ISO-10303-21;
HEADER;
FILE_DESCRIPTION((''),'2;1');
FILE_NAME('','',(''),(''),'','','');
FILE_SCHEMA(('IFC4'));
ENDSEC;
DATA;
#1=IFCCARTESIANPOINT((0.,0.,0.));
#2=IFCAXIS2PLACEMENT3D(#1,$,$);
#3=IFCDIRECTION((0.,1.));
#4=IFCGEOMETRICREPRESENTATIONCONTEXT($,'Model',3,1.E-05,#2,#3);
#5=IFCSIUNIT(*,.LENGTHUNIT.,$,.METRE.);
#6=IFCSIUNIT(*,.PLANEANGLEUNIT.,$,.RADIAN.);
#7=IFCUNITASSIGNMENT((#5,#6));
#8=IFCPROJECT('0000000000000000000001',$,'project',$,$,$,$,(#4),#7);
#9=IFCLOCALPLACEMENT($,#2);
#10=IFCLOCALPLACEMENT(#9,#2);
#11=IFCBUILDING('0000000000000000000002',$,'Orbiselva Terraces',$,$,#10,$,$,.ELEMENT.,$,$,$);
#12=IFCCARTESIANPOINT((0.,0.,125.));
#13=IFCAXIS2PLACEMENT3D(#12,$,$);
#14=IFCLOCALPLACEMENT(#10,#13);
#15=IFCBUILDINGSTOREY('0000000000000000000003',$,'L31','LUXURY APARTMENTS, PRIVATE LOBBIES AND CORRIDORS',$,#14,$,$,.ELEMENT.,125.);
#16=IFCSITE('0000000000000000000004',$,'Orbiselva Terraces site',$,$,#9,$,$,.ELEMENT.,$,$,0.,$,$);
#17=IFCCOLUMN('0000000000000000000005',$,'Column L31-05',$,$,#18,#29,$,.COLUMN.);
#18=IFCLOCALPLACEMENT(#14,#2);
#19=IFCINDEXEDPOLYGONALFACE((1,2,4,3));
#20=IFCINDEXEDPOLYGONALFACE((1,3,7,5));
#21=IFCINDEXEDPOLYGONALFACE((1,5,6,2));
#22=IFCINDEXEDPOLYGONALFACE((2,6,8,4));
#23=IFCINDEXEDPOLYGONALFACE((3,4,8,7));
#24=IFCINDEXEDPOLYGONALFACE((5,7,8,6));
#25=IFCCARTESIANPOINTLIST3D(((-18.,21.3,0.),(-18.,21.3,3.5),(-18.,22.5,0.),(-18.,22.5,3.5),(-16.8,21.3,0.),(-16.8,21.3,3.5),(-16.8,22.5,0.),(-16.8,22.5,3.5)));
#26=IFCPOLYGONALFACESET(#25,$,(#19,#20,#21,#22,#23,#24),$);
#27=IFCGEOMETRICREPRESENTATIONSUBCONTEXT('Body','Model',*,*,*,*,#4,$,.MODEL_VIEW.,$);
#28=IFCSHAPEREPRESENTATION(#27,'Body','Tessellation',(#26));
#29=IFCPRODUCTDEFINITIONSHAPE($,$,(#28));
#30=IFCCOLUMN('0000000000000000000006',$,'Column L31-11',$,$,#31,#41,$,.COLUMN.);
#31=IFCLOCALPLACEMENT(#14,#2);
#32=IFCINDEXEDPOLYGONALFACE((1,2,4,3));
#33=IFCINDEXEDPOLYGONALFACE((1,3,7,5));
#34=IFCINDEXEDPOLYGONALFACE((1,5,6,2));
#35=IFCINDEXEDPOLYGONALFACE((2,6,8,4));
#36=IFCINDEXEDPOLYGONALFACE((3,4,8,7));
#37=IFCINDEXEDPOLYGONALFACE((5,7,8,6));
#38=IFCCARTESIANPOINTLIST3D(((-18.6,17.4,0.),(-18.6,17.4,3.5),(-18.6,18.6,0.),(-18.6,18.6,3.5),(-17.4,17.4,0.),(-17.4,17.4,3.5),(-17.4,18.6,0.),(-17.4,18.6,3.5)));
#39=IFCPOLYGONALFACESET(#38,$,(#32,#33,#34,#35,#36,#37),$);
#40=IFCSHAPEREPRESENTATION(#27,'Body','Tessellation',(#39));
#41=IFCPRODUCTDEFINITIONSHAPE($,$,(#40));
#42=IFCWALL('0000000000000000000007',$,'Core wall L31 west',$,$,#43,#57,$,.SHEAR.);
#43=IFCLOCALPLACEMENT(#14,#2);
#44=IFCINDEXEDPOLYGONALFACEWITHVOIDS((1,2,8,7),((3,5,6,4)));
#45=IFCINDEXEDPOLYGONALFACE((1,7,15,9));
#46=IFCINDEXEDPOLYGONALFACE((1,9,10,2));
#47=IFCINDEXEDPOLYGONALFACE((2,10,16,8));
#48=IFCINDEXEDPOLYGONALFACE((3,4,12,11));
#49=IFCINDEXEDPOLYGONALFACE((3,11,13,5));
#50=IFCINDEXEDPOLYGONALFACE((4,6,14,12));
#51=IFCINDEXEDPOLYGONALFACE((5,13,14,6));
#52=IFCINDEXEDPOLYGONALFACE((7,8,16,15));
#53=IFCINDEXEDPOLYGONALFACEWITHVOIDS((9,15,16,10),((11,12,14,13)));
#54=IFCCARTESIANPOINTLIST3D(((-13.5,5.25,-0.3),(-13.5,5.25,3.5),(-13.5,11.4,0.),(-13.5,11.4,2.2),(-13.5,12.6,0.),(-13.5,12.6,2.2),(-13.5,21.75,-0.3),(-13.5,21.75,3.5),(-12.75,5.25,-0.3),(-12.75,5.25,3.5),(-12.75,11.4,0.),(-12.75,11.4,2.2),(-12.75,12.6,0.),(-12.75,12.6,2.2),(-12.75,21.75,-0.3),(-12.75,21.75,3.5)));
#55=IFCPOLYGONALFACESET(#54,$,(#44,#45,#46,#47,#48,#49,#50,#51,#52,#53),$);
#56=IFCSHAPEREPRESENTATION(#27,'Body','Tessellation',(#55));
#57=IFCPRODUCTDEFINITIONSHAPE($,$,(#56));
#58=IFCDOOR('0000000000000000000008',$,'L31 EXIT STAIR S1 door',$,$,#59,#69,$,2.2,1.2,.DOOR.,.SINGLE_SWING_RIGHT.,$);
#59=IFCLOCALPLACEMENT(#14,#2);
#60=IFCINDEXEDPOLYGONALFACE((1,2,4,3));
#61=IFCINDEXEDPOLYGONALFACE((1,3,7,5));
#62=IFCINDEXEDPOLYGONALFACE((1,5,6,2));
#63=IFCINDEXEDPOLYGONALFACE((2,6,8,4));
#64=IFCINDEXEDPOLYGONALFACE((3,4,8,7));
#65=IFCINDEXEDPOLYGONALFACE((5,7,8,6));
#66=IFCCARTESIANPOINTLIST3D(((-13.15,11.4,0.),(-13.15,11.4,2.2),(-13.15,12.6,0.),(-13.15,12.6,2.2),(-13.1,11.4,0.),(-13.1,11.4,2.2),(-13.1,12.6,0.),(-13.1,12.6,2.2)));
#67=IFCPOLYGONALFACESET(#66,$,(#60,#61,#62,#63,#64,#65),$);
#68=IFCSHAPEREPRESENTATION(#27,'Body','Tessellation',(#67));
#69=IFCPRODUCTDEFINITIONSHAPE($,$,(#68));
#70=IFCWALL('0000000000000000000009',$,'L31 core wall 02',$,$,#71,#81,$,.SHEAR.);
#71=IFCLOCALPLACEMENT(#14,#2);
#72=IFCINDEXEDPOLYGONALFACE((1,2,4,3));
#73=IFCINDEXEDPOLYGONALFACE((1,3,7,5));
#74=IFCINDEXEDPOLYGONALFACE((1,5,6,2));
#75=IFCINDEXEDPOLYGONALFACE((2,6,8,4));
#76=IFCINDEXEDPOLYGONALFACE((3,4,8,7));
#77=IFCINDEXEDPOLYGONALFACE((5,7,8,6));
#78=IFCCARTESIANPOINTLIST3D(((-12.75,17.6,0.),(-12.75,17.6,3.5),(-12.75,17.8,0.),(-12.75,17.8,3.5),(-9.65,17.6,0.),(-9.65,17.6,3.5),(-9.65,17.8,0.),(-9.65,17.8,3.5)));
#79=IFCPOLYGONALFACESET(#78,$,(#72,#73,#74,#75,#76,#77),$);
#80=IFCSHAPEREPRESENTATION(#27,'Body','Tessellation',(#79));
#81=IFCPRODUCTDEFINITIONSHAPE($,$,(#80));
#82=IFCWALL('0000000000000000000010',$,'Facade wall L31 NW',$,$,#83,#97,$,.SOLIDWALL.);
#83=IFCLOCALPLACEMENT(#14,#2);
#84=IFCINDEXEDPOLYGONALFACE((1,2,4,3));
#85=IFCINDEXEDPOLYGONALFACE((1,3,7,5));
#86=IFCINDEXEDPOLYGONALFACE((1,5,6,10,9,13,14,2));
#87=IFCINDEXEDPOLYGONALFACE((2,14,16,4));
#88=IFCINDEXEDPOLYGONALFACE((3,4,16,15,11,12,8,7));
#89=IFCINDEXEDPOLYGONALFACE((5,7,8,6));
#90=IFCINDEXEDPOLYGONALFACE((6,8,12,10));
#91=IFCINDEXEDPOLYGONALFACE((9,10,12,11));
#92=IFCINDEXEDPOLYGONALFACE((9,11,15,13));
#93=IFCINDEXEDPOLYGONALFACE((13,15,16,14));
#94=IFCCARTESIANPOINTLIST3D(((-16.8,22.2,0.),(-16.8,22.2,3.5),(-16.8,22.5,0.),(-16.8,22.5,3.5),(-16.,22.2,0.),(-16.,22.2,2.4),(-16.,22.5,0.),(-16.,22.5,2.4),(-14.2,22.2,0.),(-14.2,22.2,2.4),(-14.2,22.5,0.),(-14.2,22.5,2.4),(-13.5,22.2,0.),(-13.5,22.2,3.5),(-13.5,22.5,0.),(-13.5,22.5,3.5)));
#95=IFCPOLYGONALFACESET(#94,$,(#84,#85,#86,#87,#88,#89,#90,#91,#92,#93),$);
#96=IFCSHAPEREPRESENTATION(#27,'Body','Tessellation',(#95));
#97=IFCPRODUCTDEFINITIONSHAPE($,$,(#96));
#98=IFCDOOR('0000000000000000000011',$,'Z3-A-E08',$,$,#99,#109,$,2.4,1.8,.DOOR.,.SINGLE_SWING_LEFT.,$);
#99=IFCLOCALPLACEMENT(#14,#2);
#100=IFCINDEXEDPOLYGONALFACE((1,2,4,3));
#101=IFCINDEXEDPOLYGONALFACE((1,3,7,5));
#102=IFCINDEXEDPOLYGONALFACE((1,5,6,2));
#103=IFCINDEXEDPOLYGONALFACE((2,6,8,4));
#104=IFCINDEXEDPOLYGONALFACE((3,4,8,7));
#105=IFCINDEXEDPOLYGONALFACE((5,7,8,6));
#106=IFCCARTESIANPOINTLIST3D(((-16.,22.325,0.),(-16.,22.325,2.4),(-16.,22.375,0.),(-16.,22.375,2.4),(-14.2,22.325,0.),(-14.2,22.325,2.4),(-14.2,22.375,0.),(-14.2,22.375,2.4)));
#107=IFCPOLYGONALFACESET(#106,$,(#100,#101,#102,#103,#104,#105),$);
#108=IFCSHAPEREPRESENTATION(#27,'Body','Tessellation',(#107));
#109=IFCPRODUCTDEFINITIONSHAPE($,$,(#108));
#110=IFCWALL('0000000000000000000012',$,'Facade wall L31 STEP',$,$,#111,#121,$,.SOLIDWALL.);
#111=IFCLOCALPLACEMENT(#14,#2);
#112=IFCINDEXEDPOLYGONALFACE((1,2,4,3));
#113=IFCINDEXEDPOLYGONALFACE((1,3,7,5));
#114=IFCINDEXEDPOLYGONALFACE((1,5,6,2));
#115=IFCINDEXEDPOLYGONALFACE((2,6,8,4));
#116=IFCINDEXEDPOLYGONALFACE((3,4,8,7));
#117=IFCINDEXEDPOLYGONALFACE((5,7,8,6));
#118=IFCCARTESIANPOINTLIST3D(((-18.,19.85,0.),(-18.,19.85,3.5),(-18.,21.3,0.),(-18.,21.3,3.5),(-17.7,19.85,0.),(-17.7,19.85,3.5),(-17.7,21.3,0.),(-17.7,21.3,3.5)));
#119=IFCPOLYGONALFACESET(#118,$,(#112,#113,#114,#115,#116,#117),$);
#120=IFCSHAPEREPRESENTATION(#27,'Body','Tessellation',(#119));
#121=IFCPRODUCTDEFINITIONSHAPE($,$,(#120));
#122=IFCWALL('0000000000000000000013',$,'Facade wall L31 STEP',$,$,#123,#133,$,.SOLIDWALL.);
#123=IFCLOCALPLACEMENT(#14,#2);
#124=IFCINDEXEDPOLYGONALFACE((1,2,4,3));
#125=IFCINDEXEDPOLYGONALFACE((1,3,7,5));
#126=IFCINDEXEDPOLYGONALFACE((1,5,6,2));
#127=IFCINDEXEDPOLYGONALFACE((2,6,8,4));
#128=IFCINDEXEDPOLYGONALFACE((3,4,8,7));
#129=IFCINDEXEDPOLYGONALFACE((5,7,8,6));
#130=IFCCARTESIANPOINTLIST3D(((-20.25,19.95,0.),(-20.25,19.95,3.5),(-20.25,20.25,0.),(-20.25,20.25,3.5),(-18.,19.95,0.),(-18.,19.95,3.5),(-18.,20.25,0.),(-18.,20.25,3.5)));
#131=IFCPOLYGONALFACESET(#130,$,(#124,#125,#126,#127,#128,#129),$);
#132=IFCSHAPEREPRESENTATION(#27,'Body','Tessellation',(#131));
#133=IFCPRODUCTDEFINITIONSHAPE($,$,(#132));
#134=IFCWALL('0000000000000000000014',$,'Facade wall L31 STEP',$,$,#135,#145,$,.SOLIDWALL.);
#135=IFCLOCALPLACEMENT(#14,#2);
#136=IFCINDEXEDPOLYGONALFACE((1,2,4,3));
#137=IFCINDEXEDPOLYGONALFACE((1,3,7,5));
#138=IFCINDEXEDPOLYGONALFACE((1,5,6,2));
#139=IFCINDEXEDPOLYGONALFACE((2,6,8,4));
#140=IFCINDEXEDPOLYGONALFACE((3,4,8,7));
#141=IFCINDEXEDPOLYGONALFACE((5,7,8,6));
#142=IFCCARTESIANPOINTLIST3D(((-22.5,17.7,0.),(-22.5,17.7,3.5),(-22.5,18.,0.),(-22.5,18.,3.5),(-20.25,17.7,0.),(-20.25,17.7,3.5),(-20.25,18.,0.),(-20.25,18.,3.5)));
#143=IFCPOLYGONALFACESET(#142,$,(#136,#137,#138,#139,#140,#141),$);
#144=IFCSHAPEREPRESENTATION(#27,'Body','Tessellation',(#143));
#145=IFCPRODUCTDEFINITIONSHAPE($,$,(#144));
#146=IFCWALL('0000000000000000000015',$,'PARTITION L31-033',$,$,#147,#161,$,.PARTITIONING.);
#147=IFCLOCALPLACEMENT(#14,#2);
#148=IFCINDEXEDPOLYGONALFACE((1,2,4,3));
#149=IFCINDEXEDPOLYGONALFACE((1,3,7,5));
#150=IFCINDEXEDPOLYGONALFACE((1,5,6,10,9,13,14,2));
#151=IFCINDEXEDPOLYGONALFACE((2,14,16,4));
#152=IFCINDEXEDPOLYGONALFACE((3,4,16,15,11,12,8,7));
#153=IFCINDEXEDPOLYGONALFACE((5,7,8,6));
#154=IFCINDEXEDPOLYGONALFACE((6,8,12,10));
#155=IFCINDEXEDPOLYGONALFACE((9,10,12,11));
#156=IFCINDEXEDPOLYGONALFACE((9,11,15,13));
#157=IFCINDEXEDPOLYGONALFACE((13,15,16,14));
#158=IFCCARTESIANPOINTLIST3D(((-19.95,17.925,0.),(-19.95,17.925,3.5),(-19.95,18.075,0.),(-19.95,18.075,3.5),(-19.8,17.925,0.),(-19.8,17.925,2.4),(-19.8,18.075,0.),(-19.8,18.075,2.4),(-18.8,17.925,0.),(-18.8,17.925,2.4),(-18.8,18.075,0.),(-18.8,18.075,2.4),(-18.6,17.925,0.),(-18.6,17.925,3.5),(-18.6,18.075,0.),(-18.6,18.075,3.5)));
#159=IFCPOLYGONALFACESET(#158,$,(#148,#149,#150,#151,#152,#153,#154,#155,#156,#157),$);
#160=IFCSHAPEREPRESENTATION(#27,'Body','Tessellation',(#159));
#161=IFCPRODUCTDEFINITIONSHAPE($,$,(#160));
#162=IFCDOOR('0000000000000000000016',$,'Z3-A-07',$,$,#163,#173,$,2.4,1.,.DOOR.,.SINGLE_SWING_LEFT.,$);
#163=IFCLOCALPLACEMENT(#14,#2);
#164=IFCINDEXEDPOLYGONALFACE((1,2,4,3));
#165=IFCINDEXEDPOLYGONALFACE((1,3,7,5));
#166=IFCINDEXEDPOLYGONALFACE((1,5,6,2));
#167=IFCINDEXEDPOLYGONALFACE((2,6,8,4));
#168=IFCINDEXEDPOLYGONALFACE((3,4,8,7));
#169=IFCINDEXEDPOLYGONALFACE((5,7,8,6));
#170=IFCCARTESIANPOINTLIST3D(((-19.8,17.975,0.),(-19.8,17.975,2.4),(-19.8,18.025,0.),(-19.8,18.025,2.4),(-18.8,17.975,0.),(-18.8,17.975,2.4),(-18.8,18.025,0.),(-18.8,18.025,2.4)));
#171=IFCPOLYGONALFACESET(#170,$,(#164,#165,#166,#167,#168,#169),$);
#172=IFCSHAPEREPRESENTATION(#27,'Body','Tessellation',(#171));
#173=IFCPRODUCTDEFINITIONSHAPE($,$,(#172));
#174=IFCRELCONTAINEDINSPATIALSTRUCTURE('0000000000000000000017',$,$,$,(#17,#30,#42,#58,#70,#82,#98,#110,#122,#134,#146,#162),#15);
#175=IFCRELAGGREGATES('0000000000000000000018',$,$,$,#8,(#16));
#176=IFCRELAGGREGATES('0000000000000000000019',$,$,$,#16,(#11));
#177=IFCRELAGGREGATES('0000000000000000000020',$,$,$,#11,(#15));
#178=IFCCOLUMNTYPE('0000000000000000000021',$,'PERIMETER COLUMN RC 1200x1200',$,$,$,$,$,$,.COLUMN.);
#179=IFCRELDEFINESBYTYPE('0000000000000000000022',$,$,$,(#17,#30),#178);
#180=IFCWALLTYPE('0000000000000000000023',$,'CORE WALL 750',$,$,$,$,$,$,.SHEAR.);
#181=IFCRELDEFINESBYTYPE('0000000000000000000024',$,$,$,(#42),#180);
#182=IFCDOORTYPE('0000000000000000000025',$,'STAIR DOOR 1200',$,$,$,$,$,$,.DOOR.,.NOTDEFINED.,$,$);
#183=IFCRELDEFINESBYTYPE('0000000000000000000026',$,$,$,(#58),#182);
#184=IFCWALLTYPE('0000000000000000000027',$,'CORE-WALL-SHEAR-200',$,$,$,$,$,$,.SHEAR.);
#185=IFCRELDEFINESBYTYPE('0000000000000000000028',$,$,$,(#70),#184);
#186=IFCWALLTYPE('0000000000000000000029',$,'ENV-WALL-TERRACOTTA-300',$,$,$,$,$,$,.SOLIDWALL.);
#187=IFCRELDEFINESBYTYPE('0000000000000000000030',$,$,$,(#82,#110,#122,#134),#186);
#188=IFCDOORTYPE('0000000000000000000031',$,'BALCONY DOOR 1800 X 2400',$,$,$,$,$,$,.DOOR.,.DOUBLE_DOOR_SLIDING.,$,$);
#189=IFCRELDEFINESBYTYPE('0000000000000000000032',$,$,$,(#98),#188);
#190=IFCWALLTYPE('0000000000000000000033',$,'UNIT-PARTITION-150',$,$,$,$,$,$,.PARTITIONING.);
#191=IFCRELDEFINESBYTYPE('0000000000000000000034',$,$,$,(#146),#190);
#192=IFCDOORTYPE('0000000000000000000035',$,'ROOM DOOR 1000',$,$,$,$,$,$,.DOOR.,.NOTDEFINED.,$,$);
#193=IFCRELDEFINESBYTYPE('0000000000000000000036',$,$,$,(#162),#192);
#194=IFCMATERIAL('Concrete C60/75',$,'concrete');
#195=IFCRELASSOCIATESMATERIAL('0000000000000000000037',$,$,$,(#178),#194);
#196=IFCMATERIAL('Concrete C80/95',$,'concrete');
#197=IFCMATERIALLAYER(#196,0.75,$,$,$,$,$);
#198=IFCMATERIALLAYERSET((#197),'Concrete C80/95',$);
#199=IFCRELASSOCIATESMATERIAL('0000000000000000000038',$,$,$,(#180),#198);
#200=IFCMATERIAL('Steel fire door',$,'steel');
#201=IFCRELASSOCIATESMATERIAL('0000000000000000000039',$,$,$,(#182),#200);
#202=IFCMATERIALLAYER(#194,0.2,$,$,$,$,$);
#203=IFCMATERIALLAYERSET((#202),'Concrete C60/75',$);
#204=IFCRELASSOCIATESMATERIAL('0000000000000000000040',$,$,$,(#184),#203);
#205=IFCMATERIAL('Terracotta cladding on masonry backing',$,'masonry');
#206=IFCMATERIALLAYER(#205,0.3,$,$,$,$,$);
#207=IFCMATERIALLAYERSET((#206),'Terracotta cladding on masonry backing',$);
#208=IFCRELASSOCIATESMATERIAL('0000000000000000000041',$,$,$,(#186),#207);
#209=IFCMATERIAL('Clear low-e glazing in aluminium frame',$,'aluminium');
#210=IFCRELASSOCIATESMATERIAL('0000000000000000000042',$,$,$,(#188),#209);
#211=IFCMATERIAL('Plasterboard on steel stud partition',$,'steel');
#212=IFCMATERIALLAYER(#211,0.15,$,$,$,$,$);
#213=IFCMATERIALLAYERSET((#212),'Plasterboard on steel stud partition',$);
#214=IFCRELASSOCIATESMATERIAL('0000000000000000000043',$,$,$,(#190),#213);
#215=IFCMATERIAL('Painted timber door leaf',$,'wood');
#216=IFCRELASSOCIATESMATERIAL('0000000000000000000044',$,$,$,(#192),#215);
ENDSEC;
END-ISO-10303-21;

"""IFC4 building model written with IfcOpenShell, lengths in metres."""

from ifc_helpers import new_model, si_unit, direction, frame, frame_2d, origin, origin_2d, place, context, subcontext, project, spatial, rectangle, extrude, material, layer, layer_set, material_profile, profile_set, type_object, element, fill, save


model = new_model("IFC4")

# Units and contexts
model_context = context("Model", 3, precision=1e-05, world=origin(), true_north=direction((0.0, 1.0)))
body_context = subcontext(model_context, "Body", "Model", "MODEL_VIEW")
ifc_project = project(units=[si_unit("LENGTHUNIT", "METRE"), si_unit("PLANEANGLEUNIT", "RADIAN")], contexts=[model_context])

# Site, building, storey
site_placement = place(None, origin())
site = spatial("IfcSite", under=ifc_project, at=site_placement, Name="Orbiselva Terraces site", CompositionType="ELEMENT", RefElevation=0.0)
building_placement = place(site_placement, origin())
building = spatial("IfcBuilding", under=site, at=building_placement, Name="Orbiselva Terraces", CompositionType="ELEMENT")
storey_placement = place(building_placement, frame((0.0, 0.0, 125.0)))
storey = spatial("IfcBuildingStorey", under=building, at=storey_placement, Name="L31", Description="LUXURY APARTMENTS, PRIVATE LOBBIES AND CORRIDORS", CompositionType="ELEMENT", Elevation=125.0)

# Columns
ifc_material_1 = material(Name="Concrete C60/75", Category="concrete")
ifc_material_profile = material_profile(ifc_material_1, rectangle(XDim=1.2, YDim=1.2, at=origin_2d()), Name="RC 1200x1200")
ifc_profile_set = profile_set([ifc_material_profile], Name="Concrete C60/75")
column_type = type_object("IfcColumnType", Name="PERIMETER COLUMN RC 1200x1200", PredefinedType="COLUMN", material=ifc_profile_set)
for number, where, z_axis, x_axis, name in (
    (1, (-17.4, 21.9, 0.0), (0.0, 0.0, 1.0), (1.0, 0.0, 0.0), "Column L31-05"),
    (2, (-18.0, 18.0, 0.0), (0.0, 0.0, 1.0), (1.0, 0.0, 0.0), "Column L31-11"),
):
    element("IfcColumn", number, at=place(storey_placement, frame(where, z_axis=z_axis, x_axis=x_axis)), inside=storey, type_object=column_type, Name=name, PredefinedType="COLUMN", context=body_context, shape_type="SweptSolid", body=[
        extrude(rectangle(XDim=1.2, YDim=1.2, at=origin_2d()), origin(), (0.0, 0.0, 1.0), 3.5),
    ])

# Wall, opening, door
ifc_material_2 = material(Name="Concrete C80/95", Category="concrete")
ifc_layer_1 = layer(ifc_material_2, 0.75)
ifc_layer_set_1 = layer_set([ifc_layer_1], Name="Concrete C80/95")
wall_type_1 = type_object("IfcWallType", Name="CORE WALL 750", PredefinedType="SHEAR", material=ifc_layer_set_1)
wall_1_placement = place(storey_placement, frame((-13.125, 21.75, -0.3), z_axis=(0.0, 0.0, 1.0), x_axis=(0.0, -1.0, 0.0)))
wall_1 = element("IfcWall", 3, at=wall_1_placement, inside=storey, type_object=wall_type_1, Name="Core wall L31 west", PredefinedType="SHEAR", context=body_context, shape_type="SweptSolid", body=[
    extrude(rectangle(XDim=16.5, YDim=0.75, at=frame_2d((8.25, 0.0))), origin(), (0.0, 0.0, 1.0), 3.8),
])
opening_1_placement = place(wall_1_placement, frame((9.15, 0.0, 0.3)))
opening_1 = element("IfcOpeningElement", 4, at=opening_1_placement, cuts=wall_1, PredefinedType="OPENING", context=body_context, shape_type="SweptSolid", body=[
    extrude(rectangle(XDim=1.2, YDim=2.2, at=frame_2d((0.6, 1.1))), frame((0.0, 0.385, 0.0), z_axis=(0.0, -1.0, 0.0), x_axis=(1.0, 0.0, 0.0)), (0.0, 0.0, 1.0), 0.77),
])
ifc_material_3 = material(Name="Steel fire door", Category="steel")
door_type_1 = type_object("IfcDoorType", Name="STAIR DOOR 1200", OperationType="NOTDEFINED", PredefinedType="DOOR", material=ifc_material_3)
door_1_placement = place(opening_1_placement, frame((1.2, 0.0, 0.0), z_axis=(0.0, 0.0, 1.0), x_axis=(-1.0, 0.0, 0.0)))
door_1 = element("IfcDoor", 5, at=door_1_placement, inside=storey, type_object=door_type_1, Name="L31 EXIT STAIR S1 door", OperationType="SINGLE_SWING_RIGHT", OverallHeight=2.2, OverallWidth=1.2, PredefinedType="DOOR", context=body_context, shape_type="SweptSolid", body=[
    extrude(rectangle(XDim=1.2, YDim=2.2, at=frame_2d((0.6, 1.1))), frame((0.0, 0.025, 0.0), z_axis=(0.0, -1.0, 0.0), x_axis=(1.0, 0.0, 0.0)), (0.0, 0.0, 1.0), 0.05),
])
fill(opening_1, door_1)

# Wall
ifc_layer_2 = layer(ifc_material_1, 0.2)
ifc_layer_set_2 = layer_set([ifc_layer_2], Name="Concrete C60/75")
wall_type_2 = type_object("IfcWallType", Name="CORE-WALL-SHEAR-200", PredefinedType="SHEAR", material=ifc_layer_set_2)
wall_2_placement = place(storey_placement, frame((-12.75, 17.7, 0.0), z_axis=(0.0, 0.0, 1.0), x_axis=(1.0, 0.0, 0.0)))
element("IfcWall", 6, at=wall_2_placement, inside=storey, type_object=wall_type_2, Name="L31 core wall 02", PredefinedType="SHEAR", context=body_context, shape_type="SweptSolid", body=[
    extrude(rectangle(XDim=3.1, YDim=0.2, at=frame_2d((1.55, 0.0))), origin(), (0.0, 0.0, 1.0), 3.5),
])

# Wall, opening, door
ifc_material_4 = material(Name="Terracotta cladding on masonry backing", Category="masonry")
ifc_layer_3 = layer(ifc_material_4, 0.3)
ifc_layer_set_3 = layer_set([ifc_layer_3], Name="Terracotta cladding on masonry backing")
wall_type_3 = type_object("IfcWallType", Name="ENV-WALL-TERRACOTTA-300", PredefinedType="SOLIDWALL", material=ifc_layer_set_3)
wall_3_placement = place(storey_placement, frame((-16.8, 22.35, 0.0), z_axis=(0.0, 0.0, 1.0), x_axis=(1.0, 0.0, 0.0)))
wall_3 = element("IfcWall", 7, at=wall_3_placement, inside=storey, type_object=wall_type_3, Name="Facade wall L31 NW", PredefinedType="SOLIDWALL", context=body_context, shape_type="SweptSolid", body=[
    extrude(rectangle(XDim=3.3, YDim=0.3, at=frame_2d((1.65, 0.0))), origin(), (0.0, 0.0, 1.0), 3.5),
])
opening_2_placement = place(wall_3_placement, frame((0.8, 0.0, 0.0)))
opening_2 = element("IfcOpeningElement", 8, at=opening_2_placement, cuts=wall_3, PredefinedType="OPENING", context=body_context, shape_type="SweptSolid", body=[
    extrude(rectangle(XDim=1.8, YDim=2.4, at=frame_2d((0.9, 1.2))), frame((0.0, 0.16, 0.0), z_axis=(0.0, -1.0, 0.0), x_axis=(1.0, 0.0, 0.0)), (0.0, 0.0, 1.0), 0.32),
])
ifc_material_5 = material(Name="Clear low-e glazing in aluminium frame", Category="aluminium")
door_type_2 = type_object("IfcDoorType", Name="BALCONY DOOR 1800 X 2400", OperationType="DOUBLE_DOOR_SLIDING", PredefinedType="DOOR", material=ifc_material_5)
door_2_placement = place(opening_2_placement, origin())
door_2 = element("IfcDoor", 9, at=door_2_placement, inside=storey, type_object=door_type_2, Name="Z3-A-E08", OperationType="SINGLE_SWING_LEFT", OverallHeight=2.4, OverallWidth=1.8, PredefinedType="DOOR", context=body_context, shape_type="SweptSolid", body=[
    extrude(rectangle(XDim=1.8, YDim=2.4, at=frame_2d((0.9, 1.2))), frame((0.0, 0.025, 0.0), z_axis=(0.0, -1.0, 0.0), x_axis=(1.0, 0.0, 0.0)), (0.0, 0.0, 1.0), 0.05),
])
fill(opening_2, door_2)

# Walls
wall_4_placement = place(storey_placement, frame((-17.85, 19.85, 0.0), z_axis=(0.0, 0.0, 1.0), x_axis=(0.0, 1.0, 0.0)))
element("IfcWall", 10, at=wall_4_placement, inside=storey, type_object=wall_type_3, Name="Facade wall L31 STEP", PredefinedType="SOLIDWALL", context=body_context, shape_type="SweptSolid", body=[
    extrude(rectangle(XDim=1.45, YDim=0.3, at=frame_2d((0.725, 0.0))), origin(), (0.0, 0.0, 1.0), 3.5),
])
for number, where, z_axis, x_axis, name in (
    (11, (-20.25, 20.1, 0.0), (0.0, 0.0, 1.0), (1.0, 0.0, 0.0), "Facade wall L31 STEP"),
    (12, (-22.5, 17.85, 0.0), (0.0, 0.0, 1.0), (1.0, 0.0, 0.0), "Facade wall L31 STEP"),
):
    element("IfcWall", number, at=place(storey_placement, frame(where, z_axis=z_axis, x_axis=x_axis)), inside=storey, type_object=wall_type_3, Name=name, PredefinedType="SOLIDWALL", context=body_context, shape_type="SweptSolid", body=[
        extrude(rectangle(XDim=2.25, YDim=0.3, at=frame_2d((1.125, 0.0))), origin(), (0.0, 0.0, 1.0), 3.5),
    ])

# Wall, opening, door
ifc_material_6 = material(Name="Plasterboard on steel stud partition", Category="steel")
ifc_layer_4 = layer(ifc_material_6, 0.15)
ifc_layer_set_4 = layer_set([ifc_layer_4], Name="Plasterboard on steel stud partition")
wall_type_4 = type_object("IfcWallType", Name="UNIT-PARTITION-150", PredefinedType="PARTITIONING", material=ifc_layer_set_4)
wall_5_placement = place(storey_placement, frame((-19.95, 18.0, 0.0), z_axis=(0.0, 0.0, 1.0), x_axis=(1.0, 0.0, 0.0)))
wall_5 = element("IfcWall", 13, at=wall_5_placement, inside=storey, type_object=wall_type_4, Name="PARTITION L31-033", PredefinedType="PARTITIONING", context=body_context, shape_type="SweptSolid", body=[
    extrude(rectangle(XDim=1.35, YDim=0.15, at=frame_2d((0.675, 0.0))), origin(), (0.0, 0.0, 1.0), 3.5),
])
opening_3_placement = place(wall_5_placement, frame((0.15, 0.0, 0.0)))
opening_3 = element("IfcOpeningElement", 14, at=opening_3_placement, cuts=wall_5, PredefinedType="OPENING", context=body_context, shape_type="SweptSolid", body=[
    extrude(rectangle(XDim=1.0, YDim=2.4, at=frame_2d((0.5, 1.2))), frame((0.0, 0.085, 0.0), z_axis=(0.0, -1.0, 0.0), x_axis=(1.0, 0.0, 0.0)), (0.0, 0.0, 1.0), 0.17),
])
ifc_material_7 = material(Name="Painted timber door leaf", Category="wood")
door_type_3 = type_object("IfcDoorType", Name="ROOM DOOR 1000", OperationType="NOTDEFINED", PredefinedType="DOOR", material=ifc_material_7)
door_3_placement = place(opening_3_placement, origin())
door_3 = element("IfcDoor", 15, at=door_3_placement, inside=storey, type_object=door_type_3, Name="Z3-A-07", OperationType="SINGLE_SWING_LEFT", OverallHeight=2.4, OverallWidth=1.0, PredefinedType="DOOR", context=body_context, shape_type="SweptSolid", body=[
    extrude(rectangle(XDim=1.0, YDim=2.4, at=frame_2d((0.5, 1.2))), frame((0.0, 0.025, 0.0), z_axis=(0.0, -1.0, 0.0), x_axis=(1.0, 0.0, 0.0)), (0.0, 0.0, 1.0), 0.05),
])
fill(opening_3, door_3)

save(model, "model.ifc")
